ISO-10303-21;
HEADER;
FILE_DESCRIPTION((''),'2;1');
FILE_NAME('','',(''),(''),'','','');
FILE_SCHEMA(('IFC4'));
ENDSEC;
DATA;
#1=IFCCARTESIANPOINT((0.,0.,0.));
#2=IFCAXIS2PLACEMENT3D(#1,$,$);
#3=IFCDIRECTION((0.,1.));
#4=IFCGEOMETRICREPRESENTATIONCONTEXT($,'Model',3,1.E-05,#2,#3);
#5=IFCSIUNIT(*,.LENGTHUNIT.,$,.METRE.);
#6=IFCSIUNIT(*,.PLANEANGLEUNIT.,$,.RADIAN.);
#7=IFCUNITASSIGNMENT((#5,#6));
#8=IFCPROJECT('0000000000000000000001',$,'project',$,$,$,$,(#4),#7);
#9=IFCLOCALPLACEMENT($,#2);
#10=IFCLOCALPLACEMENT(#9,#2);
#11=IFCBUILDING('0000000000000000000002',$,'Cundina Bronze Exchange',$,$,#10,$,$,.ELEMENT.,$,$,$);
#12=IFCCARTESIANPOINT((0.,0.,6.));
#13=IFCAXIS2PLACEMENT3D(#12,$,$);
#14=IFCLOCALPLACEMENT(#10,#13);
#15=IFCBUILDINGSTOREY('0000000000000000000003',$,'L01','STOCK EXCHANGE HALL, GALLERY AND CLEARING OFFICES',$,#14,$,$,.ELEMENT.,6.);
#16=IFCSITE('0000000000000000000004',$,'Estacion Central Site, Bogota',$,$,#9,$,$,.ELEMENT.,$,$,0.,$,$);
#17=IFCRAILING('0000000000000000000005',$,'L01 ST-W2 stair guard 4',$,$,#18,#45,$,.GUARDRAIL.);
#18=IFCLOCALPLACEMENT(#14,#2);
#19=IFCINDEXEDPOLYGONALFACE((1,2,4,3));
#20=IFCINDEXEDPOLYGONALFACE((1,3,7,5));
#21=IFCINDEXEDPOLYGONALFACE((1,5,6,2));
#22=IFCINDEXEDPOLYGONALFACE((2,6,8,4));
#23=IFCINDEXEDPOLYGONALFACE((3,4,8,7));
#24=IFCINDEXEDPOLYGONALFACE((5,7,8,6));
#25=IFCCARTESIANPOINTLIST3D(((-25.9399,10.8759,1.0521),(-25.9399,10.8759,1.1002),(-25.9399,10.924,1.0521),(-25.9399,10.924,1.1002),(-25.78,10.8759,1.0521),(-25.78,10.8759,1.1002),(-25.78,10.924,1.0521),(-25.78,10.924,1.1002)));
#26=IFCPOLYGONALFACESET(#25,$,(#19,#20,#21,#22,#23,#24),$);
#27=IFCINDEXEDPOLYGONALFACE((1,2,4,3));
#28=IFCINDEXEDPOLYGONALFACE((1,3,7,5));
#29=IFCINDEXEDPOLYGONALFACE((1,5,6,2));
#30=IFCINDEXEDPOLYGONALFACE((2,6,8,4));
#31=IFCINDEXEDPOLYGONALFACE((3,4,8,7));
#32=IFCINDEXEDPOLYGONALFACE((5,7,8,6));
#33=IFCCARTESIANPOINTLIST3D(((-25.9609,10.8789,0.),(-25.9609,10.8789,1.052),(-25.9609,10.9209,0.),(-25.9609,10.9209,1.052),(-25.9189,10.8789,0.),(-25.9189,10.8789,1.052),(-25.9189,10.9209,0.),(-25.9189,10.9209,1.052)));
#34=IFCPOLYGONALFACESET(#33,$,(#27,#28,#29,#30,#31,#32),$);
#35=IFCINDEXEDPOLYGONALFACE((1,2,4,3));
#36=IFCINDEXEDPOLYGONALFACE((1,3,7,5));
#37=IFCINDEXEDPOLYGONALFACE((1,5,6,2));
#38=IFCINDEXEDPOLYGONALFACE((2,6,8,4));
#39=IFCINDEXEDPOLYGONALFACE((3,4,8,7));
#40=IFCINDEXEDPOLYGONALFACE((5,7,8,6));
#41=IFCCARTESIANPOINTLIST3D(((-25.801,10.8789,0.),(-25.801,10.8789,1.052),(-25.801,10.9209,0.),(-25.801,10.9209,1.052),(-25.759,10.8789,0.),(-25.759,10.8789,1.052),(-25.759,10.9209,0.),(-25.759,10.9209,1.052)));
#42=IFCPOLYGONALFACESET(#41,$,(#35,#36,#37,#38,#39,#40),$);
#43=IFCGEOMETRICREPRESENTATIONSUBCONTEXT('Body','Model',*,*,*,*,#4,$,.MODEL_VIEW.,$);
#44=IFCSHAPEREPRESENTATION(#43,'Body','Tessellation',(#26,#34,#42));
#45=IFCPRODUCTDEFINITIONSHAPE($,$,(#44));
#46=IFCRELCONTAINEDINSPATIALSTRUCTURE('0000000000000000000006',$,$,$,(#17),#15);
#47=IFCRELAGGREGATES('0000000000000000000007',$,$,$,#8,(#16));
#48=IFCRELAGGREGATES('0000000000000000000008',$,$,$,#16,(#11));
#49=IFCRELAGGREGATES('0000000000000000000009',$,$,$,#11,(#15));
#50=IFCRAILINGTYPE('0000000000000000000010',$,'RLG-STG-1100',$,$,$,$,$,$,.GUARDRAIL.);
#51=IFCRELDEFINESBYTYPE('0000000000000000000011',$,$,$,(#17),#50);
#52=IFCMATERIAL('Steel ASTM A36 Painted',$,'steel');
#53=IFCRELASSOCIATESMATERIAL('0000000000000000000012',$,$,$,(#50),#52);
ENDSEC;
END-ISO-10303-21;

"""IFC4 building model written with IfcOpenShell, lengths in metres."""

from ifc_helpers import new_model, si_unit, direction, frame, origin, origin_2d, place, context, subcontext, project, spatial, rectangle, extrude, material, type_object, element, save


model = new_model("IFC4")

# Units and contexts
model_context = context("Model", 3, precision=1e-05, world=origin(), true_north=direction((0.0, 1.0)))
body_context = subcontext(model_context, "Body", "Model", "MODEL_VIEW")
ifc_project = project(units=[si_unit("LENGTHUNIT", "METRE"), si_unit("PLANEANGLEUNIT", "RADIAN")], contexts=[model_context])

# Site, building, storey
site_placement = place(None, origin())
site = spatial("IfcSite", under=ifc_project, at=site_placement, Name="Estacion Central Site, Bogota", CompositionType="ELEMENT", RefElevation=0.0)
building_placement = place(site_placement, origin())
building = spatial("IfcBuilding", under=site, at=building_placement, Name="Cundina Bronze Exchange", CompositionType="ELEMENT")
storey_placement = place(building_placement, frame((0.0, 0.0, 6.0)))
storey = spatial("IfcBuildingStorey", under=building, at=storey_placement, Name="L01", Description="STOCK EXCHANGE HALL, GALLERY AND CLEARING OFFICES", CompositionType="ELEMENT", Elevation=6.0)

# Shared definitions
ifc_material_1 = material(Name="Steel ASTM A36 Painted", Category="steel")

# Railing
railing_type_1 = type_object("IfcRailingType", Name="RLG-STG-1100", PredefinedType="GUARDRAIL", material=ifc_material_1)
railing_1_placement = place(storey_placement, frame((-25.9399, 10.8999, 0.0)))
element("IfcRailing", 1, at=railing_1_placement, inside=storey, type_object=railing_type_1, Name="L01 ST-W2 stair guard 4", PredefinedType="GUARDRAIL", context=body_context, shape_type="SweptSolid", body=[
    extrude(rectangle(XDim=0.0481, YDim=0.0481, at=origin_2d()), frame((0.0, 0.0, 1.0762), z_axis=(1.0, 0.0, 0.0), x_axis=(0.0, 1.0, 0.0)), (0.0, 0.0, 1.0), 0.1599),
    extrude(rectangle(XDim=0.042, YDim=0.042, at=origin_2d()), origin(), (0.0, 0.0, 1.0), 1.052),
    extrude(rectangle(XDim=0.042, YDim=0.042, at=origin_2d()), frame((0.1599, 0.0, 0.0)), (0.0, 0.0, 1.0), 1.052),
])

save(model, "model.ifc")
